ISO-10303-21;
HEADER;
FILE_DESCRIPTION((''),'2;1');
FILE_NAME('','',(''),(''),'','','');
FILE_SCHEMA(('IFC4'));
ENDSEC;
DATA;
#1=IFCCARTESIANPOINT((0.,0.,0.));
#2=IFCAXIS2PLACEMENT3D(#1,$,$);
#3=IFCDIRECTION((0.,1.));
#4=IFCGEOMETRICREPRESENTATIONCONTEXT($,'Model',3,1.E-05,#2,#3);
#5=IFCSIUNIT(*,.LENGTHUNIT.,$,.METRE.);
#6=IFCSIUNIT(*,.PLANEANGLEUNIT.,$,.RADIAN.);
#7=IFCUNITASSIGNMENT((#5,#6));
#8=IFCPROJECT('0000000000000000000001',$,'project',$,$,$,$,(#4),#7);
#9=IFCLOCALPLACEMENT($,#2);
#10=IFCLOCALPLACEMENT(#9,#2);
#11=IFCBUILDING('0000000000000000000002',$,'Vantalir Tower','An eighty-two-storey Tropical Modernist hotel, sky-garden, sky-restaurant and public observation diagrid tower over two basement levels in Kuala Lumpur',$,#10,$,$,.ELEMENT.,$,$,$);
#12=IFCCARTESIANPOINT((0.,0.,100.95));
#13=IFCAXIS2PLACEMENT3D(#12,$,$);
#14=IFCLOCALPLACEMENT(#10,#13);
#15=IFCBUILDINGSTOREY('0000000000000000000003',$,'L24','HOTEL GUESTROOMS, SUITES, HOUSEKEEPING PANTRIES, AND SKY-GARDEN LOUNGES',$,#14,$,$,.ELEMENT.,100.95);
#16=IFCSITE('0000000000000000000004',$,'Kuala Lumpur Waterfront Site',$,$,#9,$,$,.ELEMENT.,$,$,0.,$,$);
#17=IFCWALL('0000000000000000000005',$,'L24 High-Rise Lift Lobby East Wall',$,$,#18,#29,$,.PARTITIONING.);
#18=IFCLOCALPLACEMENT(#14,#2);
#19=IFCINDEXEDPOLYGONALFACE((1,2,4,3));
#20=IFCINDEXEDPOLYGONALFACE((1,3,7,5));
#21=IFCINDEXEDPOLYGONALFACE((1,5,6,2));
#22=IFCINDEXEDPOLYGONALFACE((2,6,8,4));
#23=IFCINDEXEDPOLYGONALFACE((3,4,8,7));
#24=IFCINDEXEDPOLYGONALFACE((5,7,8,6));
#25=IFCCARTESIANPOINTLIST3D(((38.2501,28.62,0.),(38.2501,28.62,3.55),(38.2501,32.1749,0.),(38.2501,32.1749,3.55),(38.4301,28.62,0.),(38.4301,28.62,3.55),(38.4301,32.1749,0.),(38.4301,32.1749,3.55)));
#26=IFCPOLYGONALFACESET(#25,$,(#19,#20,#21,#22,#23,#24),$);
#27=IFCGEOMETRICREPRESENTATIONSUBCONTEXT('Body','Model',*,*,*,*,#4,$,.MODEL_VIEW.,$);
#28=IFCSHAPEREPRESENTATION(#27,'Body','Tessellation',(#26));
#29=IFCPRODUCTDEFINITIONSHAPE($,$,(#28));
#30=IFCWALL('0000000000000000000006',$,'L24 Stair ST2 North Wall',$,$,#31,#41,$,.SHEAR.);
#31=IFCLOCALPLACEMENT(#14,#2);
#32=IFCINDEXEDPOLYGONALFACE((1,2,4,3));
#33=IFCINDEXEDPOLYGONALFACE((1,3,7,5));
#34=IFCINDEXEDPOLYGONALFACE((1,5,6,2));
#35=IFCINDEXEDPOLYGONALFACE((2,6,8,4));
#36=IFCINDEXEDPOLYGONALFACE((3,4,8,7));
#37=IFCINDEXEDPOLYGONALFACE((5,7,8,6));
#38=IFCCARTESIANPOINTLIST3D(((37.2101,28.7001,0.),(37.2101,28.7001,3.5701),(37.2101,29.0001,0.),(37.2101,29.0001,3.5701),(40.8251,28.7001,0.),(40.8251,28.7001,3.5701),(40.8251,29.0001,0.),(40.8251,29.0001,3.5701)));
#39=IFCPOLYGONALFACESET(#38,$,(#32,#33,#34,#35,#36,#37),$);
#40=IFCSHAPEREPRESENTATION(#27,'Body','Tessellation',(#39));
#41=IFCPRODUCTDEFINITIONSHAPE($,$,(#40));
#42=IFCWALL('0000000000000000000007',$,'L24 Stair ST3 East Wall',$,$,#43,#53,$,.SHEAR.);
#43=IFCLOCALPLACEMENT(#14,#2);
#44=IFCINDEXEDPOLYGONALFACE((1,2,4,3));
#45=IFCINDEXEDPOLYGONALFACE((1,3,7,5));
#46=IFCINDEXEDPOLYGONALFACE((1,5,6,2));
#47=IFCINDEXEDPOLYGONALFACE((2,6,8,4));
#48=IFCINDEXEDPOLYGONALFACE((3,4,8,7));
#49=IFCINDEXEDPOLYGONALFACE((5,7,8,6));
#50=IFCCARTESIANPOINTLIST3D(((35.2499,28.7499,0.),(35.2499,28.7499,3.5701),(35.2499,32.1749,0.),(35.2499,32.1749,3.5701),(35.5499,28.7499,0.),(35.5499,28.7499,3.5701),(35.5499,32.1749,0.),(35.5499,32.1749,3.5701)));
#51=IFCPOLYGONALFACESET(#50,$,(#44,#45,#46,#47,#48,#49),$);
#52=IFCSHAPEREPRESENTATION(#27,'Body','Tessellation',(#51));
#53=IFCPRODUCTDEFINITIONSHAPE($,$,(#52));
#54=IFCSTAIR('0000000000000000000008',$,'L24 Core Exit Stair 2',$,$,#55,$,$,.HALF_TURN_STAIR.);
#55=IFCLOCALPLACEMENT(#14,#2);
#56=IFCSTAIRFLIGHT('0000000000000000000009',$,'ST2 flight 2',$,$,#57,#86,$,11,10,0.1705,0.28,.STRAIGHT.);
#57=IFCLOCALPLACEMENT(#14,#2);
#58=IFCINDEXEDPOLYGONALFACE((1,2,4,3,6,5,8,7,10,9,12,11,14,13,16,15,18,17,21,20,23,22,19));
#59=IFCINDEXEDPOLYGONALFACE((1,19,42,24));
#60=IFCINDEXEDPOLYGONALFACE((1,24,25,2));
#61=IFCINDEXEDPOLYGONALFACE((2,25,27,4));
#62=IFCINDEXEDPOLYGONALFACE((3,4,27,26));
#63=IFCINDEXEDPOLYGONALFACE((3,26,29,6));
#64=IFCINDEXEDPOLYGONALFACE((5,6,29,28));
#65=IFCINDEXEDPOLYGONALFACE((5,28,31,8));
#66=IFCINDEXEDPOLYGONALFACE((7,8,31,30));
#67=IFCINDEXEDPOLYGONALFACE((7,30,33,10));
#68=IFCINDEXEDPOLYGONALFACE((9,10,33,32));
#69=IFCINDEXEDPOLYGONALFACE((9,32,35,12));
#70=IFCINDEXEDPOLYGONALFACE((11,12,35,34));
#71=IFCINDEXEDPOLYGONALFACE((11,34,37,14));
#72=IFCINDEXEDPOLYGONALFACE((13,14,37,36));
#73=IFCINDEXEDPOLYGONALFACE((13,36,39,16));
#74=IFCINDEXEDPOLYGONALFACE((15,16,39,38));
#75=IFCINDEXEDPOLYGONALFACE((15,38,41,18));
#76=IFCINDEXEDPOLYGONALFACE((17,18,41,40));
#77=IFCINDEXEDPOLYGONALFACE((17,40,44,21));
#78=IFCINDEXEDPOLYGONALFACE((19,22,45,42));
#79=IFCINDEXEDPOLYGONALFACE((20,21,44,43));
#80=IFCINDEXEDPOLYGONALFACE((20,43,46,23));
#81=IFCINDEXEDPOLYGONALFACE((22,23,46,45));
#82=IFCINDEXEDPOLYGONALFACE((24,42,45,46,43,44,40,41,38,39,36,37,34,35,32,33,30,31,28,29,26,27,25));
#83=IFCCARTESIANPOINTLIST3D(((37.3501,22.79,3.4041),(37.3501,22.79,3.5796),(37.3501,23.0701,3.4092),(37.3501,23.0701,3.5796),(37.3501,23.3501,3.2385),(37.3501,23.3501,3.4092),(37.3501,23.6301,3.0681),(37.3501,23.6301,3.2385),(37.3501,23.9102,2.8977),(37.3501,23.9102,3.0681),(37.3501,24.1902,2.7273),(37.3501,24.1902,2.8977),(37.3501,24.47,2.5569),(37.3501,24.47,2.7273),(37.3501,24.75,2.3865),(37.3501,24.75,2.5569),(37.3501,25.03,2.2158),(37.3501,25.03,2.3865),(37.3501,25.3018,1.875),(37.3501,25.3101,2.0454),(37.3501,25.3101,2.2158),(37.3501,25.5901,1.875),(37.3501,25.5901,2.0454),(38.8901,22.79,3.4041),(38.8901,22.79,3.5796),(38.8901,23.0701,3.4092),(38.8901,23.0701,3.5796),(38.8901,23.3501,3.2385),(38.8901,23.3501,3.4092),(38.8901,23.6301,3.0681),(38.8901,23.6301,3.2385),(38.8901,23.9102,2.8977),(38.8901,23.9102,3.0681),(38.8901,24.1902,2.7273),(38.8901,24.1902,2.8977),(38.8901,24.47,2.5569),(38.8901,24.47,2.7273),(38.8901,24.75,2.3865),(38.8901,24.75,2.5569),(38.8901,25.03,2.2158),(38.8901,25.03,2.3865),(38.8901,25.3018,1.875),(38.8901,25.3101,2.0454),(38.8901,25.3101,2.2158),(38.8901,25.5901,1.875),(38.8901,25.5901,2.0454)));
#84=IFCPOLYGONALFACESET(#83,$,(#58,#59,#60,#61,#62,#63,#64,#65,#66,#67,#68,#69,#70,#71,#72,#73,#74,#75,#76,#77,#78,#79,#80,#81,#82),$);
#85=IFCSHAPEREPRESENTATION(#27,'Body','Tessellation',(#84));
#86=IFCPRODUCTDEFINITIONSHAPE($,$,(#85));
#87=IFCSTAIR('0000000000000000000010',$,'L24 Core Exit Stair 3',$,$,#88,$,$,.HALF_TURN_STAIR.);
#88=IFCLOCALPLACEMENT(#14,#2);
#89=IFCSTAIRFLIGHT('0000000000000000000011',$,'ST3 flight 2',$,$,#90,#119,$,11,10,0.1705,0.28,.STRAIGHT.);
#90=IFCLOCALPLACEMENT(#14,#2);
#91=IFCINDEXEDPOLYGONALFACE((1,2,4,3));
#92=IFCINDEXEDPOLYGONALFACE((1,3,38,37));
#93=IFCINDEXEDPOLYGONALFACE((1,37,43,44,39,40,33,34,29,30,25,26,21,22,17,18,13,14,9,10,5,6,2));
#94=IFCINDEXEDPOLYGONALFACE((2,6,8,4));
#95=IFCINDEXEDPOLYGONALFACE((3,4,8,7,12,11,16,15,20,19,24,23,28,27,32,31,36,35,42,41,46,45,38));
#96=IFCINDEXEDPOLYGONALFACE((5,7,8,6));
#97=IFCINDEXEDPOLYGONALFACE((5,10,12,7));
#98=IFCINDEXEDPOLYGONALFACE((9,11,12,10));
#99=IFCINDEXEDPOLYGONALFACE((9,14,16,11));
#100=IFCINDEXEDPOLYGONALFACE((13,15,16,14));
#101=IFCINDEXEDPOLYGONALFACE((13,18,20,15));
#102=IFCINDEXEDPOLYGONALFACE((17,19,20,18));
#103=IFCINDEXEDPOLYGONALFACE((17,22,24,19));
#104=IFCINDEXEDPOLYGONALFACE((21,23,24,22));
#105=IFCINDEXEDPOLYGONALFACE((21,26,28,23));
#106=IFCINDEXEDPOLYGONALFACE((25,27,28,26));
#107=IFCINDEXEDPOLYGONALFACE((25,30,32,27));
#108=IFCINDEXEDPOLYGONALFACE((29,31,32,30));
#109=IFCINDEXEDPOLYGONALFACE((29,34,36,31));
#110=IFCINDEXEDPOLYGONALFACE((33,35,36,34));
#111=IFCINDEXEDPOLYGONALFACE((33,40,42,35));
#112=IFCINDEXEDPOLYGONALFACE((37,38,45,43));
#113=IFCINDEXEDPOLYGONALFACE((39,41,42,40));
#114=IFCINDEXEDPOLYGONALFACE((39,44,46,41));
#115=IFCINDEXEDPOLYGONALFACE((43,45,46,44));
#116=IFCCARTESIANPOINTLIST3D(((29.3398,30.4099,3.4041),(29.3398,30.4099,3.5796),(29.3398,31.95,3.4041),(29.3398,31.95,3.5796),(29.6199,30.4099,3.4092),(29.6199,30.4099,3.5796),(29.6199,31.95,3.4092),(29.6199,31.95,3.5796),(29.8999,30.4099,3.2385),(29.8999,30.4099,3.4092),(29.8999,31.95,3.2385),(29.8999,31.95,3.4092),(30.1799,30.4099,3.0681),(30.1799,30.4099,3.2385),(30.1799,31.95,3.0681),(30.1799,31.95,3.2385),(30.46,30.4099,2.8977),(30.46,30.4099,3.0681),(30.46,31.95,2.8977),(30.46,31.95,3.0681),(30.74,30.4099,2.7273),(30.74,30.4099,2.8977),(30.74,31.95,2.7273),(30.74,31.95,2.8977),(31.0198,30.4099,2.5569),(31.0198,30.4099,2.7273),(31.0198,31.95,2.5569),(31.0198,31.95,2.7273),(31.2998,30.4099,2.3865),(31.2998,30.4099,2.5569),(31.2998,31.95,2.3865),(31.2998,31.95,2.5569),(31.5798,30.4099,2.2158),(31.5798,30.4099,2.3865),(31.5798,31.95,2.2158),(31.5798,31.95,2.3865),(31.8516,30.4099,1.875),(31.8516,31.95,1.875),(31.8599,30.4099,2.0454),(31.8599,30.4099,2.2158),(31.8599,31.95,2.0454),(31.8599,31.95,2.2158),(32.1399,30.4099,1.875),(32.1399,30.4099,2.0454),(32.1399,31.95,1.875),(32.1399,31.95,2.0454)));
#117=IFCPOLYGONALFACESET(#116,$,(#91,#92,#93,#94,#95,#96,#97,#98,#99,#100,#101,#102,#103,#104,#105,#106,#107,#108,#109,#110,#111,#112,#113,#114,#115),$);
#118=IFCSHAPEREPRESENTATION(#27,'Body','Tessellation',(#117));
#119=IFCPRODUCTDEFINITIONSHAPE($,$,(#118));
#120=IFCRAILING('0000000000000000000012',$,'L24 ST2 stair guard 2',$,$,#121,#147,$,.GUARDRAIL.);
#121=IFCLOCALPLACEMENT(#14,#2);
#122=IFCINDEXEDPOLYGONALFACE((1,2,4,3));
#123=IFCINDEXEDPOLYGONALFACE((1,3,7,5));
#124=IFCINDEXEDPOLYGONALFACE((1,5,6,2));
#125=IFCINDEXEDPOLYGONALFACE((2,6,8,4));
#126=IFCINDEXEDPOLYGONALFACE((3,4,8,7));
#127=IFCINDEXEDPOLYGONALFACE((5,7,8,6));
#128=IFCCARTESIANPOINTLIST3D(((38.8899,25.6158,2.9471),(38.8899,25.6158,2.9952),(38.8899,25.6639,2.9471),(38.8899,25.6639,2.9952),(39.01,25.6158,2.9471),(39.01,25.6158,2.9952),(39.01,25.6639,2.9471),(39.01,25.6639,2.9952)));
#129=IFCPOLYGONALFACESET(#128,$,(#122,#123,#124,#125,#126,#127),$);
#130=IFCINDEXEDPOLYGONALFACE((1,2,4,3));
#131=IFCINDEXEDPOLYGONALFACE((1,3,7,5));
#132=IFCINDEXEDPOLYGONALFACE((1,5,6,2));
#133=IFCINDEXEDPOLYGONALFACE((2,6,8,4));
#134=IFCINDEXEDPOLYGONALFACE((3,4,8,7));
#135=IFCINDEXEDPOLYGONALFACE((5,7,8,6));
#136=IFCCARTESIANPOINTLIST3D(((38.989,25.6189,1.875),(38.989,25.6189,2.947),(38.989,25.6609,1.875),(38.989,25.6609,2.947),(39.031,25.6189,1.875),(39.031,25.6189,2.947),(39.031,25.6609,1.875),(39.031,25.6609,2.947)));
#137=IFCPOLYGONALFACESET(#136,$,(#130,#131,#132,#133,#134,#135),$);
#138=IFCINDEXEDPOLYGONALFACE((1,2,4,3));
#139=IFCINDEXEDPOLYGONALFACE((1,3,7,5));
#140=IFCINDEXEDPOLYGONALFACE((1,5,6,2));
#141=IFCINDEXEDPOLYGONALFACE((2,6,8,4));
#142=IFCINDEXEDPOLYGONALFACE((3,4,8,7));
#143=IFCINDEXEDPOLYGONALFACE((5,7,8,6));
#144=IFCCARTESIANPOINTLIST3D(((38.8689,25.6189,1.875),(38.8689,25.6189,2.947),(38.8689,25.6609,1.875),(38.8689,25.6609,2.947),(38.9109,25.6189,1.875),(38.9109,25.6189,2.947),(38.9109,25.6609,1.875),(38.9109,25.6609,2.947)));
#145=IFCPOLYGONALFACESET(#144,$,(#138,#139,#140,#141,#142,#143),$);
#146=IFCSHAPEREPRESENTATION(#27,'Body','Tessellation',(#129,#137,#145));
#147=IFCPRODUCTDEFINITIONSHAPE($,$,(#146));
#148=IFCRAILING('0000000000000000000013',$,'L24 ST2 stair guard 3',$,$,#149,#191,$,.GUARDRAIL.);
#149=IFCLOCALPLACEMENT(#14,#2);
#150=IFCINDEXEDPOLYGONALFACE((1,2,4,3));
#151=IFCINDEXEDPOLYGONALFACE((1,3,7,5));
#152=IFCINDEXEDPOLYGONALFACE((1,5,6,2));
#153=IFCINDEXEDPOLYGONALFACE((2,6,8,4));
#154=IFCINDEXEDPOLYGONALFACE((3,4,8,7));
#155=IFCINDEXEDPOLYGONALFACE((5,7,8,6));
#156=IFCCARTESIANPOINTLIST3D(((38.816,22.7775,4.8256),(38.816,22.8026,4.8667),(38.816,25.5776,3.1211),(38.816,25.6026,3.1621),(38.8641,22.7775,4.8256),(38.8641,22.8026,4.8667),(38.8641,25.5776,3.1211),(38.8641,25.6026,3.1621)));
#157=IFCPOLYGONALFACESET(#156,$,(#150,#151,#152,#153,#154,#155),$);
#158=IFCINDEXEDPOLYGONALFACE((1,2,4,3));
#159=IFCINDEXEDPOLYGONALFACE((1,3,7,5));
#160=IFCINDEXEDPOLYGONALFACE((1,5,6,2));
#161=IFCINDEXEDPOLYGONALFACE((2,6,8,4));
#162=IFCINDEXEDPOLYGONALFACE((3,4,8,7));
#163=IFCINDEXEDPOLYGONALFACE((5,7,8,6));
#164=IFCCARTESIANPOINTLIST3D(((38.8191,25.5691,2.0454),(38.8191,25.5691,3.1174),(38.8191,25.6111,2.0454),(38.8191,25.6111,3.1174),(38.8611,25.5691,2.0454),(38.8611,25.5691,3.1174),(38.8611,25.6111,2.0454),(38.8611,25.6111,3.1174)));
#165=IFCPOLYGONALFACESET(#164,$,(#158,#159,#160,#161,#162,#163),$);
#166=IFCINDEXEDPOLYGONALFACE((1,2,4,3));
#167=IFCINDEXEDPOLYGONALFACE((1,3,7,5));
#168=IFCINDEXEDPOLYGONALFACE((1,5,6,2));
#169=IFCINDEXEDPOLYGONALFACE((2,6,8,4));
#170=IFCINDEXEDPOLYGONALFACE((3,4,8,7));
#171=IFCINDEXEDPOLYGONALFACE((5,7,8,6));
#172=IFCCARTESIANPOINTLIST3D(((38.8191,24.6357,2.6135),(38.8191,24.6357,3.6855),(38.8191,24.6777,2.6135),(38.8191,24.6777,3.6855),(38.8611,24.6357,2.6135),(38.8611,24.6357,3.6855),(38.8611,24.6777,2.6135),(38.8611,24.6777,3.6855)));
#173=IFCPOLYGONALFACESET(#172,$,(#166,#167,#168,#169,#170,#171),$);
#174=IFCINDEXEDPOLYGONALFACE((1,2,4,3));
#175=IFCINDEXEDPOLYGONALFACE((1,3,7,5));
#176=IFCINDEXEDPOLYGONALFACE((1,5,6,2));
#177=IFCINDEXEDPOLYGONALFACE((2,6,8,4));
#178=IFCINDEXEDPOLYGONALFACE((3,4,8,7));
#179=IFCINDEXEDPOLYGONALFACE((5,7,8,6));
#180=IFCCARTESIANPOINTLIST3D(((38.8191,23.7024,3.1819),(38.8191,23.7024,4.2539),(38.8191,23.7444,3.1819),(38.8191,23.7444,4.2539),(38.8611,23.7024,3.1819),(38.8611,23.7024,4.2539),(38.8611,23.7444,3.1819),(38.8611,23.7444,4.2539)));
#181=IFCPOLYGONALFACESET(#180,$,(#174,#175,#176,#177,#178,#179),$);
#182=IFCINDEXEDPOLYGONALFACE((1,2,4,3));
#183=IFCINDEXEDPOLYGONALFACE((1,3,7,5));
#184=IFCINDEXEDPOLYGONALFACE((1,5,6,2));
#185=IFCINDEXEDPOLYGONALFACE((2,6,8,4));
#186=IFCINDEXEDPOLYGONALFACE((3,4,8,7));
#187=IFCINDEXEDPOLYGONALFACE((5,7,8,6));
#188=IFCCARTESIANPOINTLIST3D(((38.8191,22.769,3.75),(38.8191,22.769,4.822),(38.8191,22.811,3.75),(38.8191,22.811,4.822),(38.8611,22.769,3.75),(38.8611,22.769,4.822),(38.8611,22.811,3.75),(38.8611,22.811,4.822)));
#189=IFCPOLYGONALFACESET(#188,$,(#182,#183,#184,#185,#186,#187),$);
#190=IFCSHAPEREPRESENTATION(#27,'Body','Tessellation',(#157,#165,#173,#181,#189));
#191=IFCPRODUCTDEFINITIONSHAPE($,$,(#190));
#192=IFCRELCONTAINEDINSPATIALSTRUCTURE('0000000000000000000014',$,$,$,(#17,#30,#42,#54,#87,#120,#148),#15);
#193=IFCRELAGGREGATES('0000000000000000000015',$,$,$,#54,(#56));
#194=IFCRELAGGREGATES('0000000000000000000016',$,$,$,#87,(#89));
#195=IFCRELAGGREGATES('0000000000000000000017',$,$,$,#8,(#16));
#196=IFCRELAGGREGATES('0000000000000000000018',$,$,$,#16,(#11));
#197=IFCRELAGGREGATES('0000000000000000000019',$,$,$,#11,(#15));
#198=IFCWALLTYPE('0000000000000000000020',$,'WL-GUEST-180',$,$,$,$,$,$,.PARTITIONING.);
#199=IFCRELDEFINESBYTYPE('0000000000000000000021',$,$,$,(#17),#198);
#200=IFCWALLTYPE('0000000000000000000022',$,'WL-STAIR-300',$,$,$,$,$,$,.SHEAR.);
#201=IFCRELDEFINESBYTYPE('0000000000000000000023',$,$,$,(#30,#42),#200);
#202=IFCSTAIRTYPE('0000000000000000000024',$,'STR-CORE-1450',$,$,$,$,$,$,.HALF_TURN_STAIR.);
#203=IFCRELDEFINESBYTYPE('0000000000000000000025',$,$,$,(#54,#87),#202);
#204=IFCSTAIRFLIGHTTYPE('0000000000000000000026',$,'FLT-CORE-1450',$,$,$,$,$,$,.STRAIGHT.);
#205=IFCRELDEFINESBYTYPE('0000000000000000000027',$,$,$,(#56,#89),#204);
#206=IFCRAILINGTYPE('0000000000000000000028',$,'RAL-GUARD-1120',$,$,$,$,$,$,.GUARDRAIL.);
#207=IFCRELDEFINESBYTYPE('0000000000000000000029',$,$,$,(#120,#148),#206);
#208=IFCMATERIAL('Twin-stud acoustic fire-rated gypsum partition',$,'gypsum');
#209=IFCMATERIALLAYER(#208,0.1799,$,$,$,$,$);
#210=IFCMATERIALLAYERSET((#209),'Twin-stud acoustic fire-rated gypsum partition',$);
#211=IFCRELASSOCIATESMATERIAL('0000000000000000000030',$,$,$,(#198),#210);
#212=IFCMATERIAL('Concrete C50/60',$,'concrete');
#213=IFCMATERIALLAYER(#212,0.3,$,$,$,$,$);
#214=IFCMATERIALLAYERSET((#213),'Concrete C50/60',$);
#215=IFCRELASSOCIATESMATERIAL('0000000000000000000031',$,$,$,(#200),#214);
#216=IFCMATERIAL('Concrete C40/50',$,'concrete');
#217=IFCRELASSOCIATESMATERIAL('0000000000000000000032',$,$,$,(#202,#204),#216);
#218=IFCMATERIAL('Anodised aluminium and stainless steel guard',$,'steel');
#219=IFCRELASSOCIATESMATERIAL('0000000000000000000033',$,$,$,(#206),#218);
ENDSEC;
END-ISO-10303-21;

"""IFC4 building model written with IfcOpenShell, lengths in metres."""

from ifc_helpers import new_model, si_unit, direction, frame, frame_2d, origin, origin_2d, place, context, subcontext, project, spatial, polyline, rectangle, outline, extrude, material, layer, layer_set, type_object, element, aggregate, save


model = new_model("IFC4")

# Units and contexts
model_context = context("Model", 3, precision=1e-05, world=origin(), true_north=direction((0.0, 1.0)))
body_context = subcontext(model_context, "Body", "Model", "MODEL_VIEW")
ifc_project = project(units=[si_unit("LENGTHUNIT", "METRE"), si_unit("PLANEANGLEUNIT", "RADIAN")], contexts=[model_context])

# Site, building, storey
site_placement = place(None, origin())
site = spatial("IfcSite", under=ifc_project, at=site_placement, Name="Kuala Lumpur Waterfront Site", CompositionType="ELEMENT", RefElevation=0.0)
building_placement = place(site_placement, origin())
building = spatial("IfcBuilding", under=site, at=building_placement, Name="Vantalir Tower", Description="An eighty-two-storey Tropical Modernist hotel, sky-garden, sky-restaurant and public observation diagrid tower over two basement levels in Kuala Lumpur", CompositionType="ELEMENT")
storey_placement = place(building_placement, frame((0.0, 0.0, 100.95)))
storey = spatial("IfcBuildingStorey", under=building, at=storey_placement, Name="L24", Description="HOTEL GUESTROOMS, SUITES, HOUSEKEEPING PANTRIES, AND SKY-GARDEN LOUNGES", CompositionType="ELEMENT", Elevation=100.95)

# Walls
ifc_material_1 = material(Name="Twin-stud acoustic fire-rated gypsum partition", Category="gypsum")
ifc_layer_1 = layer(ifc_material_1, 0.1799)
ifc_layer_set_1 = layer_set([ifc_layer_1], Name="Twin-stud acoustic fire-rated gypsum partition")
wall_type_1 = type_object("IfcWallType", Name="WL-GUEST-180", PredefinedType="PARTITIONING", material=ifc_layer_set_1)
wall_1_placement = place(storey_placement, frame((38.3401, 28.6201, 0.0), z_axis=(0.0, 0.0, 1.0), x_axis=(0.0, 1.0, 0.0)))
element("IfcWall", 1, at=wall_1_placement, inside=storey, type_object=wall_type_1, Name="L24 High-Rise Lift Lobby East Wall", PredefinedType="PARTITIONING", context=body_context, shape_type="SweptSolid", body=[
    extrude(rectangle(XDim=3.5549, YDim=0.1799, at=frame_2d((1.7773, 0.0))), origin(), (0.0, 0.0, 1.0), 3.55),
])
ifc_material_2 = material(Name="Concrete C50/60", Category="concrete")
ifc_layer_2 = layer(ifc_material_2, 0.3)
ifc_layer_set_2 = layer_set([ifc_layer_2], Name="Concrete C50/60")
wall_type_2 = type_object("IfcWallType", Name="WL-STAIR-300", PredefinedType="SHEAR", material=ifc_layer_set_2)
wall_2_placement = place(storey_placement, frame((37.21, 28.8501, 0.0), z_axis=(0.0, 0.0, 1.0), x_axis=(1.0, 0.0, 0.0)))
element("IfcWall", 2, at=wall_2_placement, inside=storey, type_object=wall_type_2, Name="L24 Stair ST2 North Wall", PredefinedType="SHEAR", context=body_context, shape_type="SweptSolid", body=[
    extrude(rectangle(XDim=3.615, YDim=0.3, at=frame_2d((1.8076, 0.0))), origin(), (0.0, 0.0, 1.0), 3.5701),
])
wall_3_placement = place(storey_placement, frame((35.3999, 28.75, 0.0), z_axis=(0.0, 0.0, 1.0), x_axis=(0.0, 1.0, 0.0)))
element("IfcWall", 3, at=wall_3_placement, inside=storey, type_object=wall_type_2, Name="L24 Stair ST3 East Wall", PredefinedType="SHEAR", context=body_context, shape_type="SweptSolid", body=[
    extrude(rectangle(XDim=3.425, YDim=0.3, at=frame_2d((1.7124, 0.0))), origin(), (0.0, 0.0, 1.0), 3.5701),
])

# Stairs, stair flights
ifc_material_3 = material(Name="Concrete C40/50", Category="concrete")
stair_type = type_object("IfcStairType", Name="STR-CORE-1450", PredefinedType="HALF_TURN_STAIR", material=ifc_material_3)
stair_1_placement = place(storey_placement, origin())
stair_1 = element("IfcStair", 4, at=stair_1_placement, inside=storey, type_object=stair_type, Name="L24 Core Exit Stair 2", PredefinedType="HALF_TURN_STAIR")
stair_flight_type = type_object("IfcStairFlightType", Name="FLT-CORE-1450", PredefinedType="STRAIGHT", material=ifc_material_3)
stair_flight_1_placement = place(storey_placement, frame((38.1201, 25.5901, 1.875), z_axis=(0.0, 0.0, 1.0), x_axis=(0.0, -1.0, 0.0)))
stair_flight_1 = element("IfcStairFlight", 5, at=stair_flight_1_placement, type_object=stair_flight_type, Name="ST2 flight 2", NumberOfRisers=11, NumberOfTreads=10, PredefinedType="STRAIGHT", RiserHeight=0.1705, TreadLength=0.28, context=body_context, shape_type="SweptSolid", body=[
    extrude(outline(polyline([(0.0, 0.0), (0.0, 0.1704), (0.28, 0.1704), (0.28, 0.3408), (0.5601, 0.3408), (0.5601, 0.5115), (0.8401, 0.5115), (0.8401, 0.6819), (1.1201, 0.6819), (1.1201, 0.8523), (1.3999, 0.8523), (1.3999, 1.0227), (1.6799, 1.0227), (1.6799, 1.1931), (1.96, 1.1931), (1.96, 1.3635), (2.24, 1.3635), (2.24, 1.5342), (2.52, 1.5342), (2.52, 1.7046), (2.8, 1.7046), (2.8, 1.875), (2.8, 1.5291), (0.2883, 0.0), (0.0, 0.0)])), frame((0.0, 0.77, 0.0), z_axis=(0.0, -1.0, 0.0), x_axis=(1.0, 0.0, 0.0)), (0.0, 0.0, 1.0), 1.54),
])
aggregate(stair_1, [stair_flight_1])
stair_2_placement = place(storey_placement, origin())
stair_2 = element("IfcStair", 6, at=stair_2_placement, inside=storey, type_object=stair_type, Name="L24 Core Exit Stair 3", PredefinedType="HALF_TURN_STAIR")
stair_flight_2_placement = place(storey_placement, frame((32.1399, 31.1799, 1.875), z_axis=(0.0, 0.0, 1.0), x_axis=(-1.0, 0.0, 0.0)))
stair_flight_2 = element("IfcStairFlight", 7, at=stair_flight_2_placement, type_object=stair_flight_type, Name="ST3 flight 2", NumberOfRisers=11, NumberOfTreads=10, PredefinedType="STRAIGHT", RiserHeight=0.1705, TreadLength=0.28, context=body_context, shape_type="SweptSolid", body=[
    extrude(outline(polyline([(0.0, 0.0), (0.0, 0.1704), (0.28, 0.1704), (0.28, 0.3408), (0.5601, 0.3408), (0.5601, 0.5115), (0.8401, 0.5115), (0.8401, 0.6819), (1.1201, 0.6819), (1.1201, 0.8523), (1.3999, 0.8523), (1.3999, 1.0227), (1.6799, 1.0227), (1.6799, 1.1931), (1.96, 1.1931), (1.96, 1.3635), (2.24, 1.3635), (2.24, 1.5342), (2.52, 1.5342), (2.52, 1.7046), (2.8, 1.7046), (2.8, 1.875), (2.8, 1.5291), (0.2883, 0.0), (0.0, 0.0)])), frame((0.0, 0.77, 0.0), z_axis=(0.0, -1.0, 0.0), x_axis=(1.0, 0.0, 0.0)), (0.0, 0.0, 1.0), 1.54),
])
aggregate(stair_2, [stair_flight_2])

# Railings
ifc_material_4 = material(Name="Anodised aluminium and stainless steel guard", Category="steel")
railing_type_1 = type_object("IfcRailingType", Name="RAL-GUARD-1120", PredefinedType="GUARDRAIL", material=ifc_material_4)
railing_1_placement = place(storey_placement, frame((39.01, 25.6399, 1.875)))
element("IfcRailing", 8, at=railing_1_placement, inside=storey, type_object=railing_type_1, Name="L24 ST2 stair guard 2", PredefinedType="GUARDRAIL", context=body_context, shape_type="SweptSolid", body=[
    extrude(rectangle(XDim=0.0481, YDim=0.0481, at=origin_2d()), frame((0.0, 0.0, 1.0962), z_axis=(-1.0, 0.0, 0.0), x_axis=(0.0, -1.0, 0.0)), (0.0, 0.0, 1.0), 0.1201),
    extrude(rectangle(XDim=0.042, YDim=0.042, at=origin_2d()), origin(), (0.0, 0.0, 1.0), 1.072),
    extrude(rectangle(XDim=0.042, YDim=0.042, at=origin_2d()), frame((-0.1201, 0.0, 0.0)), (0.0, 0.0, 1.0), 1.072),
])
railing_2_placement = place(storey_placement, frame((38.8401, 25.5901, 2.0454)))
element("IfcRailing", 9, at=railing_2_placement, inside=storey, type_object=railing_type_1, Name="L24 ST2 stair guard 3", PredefinedType="GUARDRAIL", context=body_context, shape_type="SweptSolid", body=[
    extrude(rectangle(XDim=0.0481, YDim=0.0481, at=origin_2d()), frame((0.0, 0.0, 1.0962), z_axis=(0.0, -0.85417, 0.519994), x_axis=(1.0, 0.0, 0.0)), (0.0, 0.0, 1.0), 3.2781),
    extrude(rectangle(XDim=0.042, YDim=0.042, at=origin_2d()), origin(), (0.0, 0.0, 1.0), 1.072),
    extrude(rectangle(XDim=0.042, YDim=0.042, at=origin_2d()), frame((0.0, -0.9333, 0.5681)), (0.0, 0.0, 1.0), 1.072),
    extrude(rectangle(XDim=0.042, YDim=0.042, at=origin_2d()), frame((0.0, -1.8667, 1.1365)), (0.0, 0.0, 1.0), 1.072),
    extrude(rectangle(XDim=0.042, YDim=0.042, at=origin_2d()), frame((0.0, -2.8, 1.7046)), (0.0, 0.0, 1.0), 1.072),
])

save(model, "model.ifc")
